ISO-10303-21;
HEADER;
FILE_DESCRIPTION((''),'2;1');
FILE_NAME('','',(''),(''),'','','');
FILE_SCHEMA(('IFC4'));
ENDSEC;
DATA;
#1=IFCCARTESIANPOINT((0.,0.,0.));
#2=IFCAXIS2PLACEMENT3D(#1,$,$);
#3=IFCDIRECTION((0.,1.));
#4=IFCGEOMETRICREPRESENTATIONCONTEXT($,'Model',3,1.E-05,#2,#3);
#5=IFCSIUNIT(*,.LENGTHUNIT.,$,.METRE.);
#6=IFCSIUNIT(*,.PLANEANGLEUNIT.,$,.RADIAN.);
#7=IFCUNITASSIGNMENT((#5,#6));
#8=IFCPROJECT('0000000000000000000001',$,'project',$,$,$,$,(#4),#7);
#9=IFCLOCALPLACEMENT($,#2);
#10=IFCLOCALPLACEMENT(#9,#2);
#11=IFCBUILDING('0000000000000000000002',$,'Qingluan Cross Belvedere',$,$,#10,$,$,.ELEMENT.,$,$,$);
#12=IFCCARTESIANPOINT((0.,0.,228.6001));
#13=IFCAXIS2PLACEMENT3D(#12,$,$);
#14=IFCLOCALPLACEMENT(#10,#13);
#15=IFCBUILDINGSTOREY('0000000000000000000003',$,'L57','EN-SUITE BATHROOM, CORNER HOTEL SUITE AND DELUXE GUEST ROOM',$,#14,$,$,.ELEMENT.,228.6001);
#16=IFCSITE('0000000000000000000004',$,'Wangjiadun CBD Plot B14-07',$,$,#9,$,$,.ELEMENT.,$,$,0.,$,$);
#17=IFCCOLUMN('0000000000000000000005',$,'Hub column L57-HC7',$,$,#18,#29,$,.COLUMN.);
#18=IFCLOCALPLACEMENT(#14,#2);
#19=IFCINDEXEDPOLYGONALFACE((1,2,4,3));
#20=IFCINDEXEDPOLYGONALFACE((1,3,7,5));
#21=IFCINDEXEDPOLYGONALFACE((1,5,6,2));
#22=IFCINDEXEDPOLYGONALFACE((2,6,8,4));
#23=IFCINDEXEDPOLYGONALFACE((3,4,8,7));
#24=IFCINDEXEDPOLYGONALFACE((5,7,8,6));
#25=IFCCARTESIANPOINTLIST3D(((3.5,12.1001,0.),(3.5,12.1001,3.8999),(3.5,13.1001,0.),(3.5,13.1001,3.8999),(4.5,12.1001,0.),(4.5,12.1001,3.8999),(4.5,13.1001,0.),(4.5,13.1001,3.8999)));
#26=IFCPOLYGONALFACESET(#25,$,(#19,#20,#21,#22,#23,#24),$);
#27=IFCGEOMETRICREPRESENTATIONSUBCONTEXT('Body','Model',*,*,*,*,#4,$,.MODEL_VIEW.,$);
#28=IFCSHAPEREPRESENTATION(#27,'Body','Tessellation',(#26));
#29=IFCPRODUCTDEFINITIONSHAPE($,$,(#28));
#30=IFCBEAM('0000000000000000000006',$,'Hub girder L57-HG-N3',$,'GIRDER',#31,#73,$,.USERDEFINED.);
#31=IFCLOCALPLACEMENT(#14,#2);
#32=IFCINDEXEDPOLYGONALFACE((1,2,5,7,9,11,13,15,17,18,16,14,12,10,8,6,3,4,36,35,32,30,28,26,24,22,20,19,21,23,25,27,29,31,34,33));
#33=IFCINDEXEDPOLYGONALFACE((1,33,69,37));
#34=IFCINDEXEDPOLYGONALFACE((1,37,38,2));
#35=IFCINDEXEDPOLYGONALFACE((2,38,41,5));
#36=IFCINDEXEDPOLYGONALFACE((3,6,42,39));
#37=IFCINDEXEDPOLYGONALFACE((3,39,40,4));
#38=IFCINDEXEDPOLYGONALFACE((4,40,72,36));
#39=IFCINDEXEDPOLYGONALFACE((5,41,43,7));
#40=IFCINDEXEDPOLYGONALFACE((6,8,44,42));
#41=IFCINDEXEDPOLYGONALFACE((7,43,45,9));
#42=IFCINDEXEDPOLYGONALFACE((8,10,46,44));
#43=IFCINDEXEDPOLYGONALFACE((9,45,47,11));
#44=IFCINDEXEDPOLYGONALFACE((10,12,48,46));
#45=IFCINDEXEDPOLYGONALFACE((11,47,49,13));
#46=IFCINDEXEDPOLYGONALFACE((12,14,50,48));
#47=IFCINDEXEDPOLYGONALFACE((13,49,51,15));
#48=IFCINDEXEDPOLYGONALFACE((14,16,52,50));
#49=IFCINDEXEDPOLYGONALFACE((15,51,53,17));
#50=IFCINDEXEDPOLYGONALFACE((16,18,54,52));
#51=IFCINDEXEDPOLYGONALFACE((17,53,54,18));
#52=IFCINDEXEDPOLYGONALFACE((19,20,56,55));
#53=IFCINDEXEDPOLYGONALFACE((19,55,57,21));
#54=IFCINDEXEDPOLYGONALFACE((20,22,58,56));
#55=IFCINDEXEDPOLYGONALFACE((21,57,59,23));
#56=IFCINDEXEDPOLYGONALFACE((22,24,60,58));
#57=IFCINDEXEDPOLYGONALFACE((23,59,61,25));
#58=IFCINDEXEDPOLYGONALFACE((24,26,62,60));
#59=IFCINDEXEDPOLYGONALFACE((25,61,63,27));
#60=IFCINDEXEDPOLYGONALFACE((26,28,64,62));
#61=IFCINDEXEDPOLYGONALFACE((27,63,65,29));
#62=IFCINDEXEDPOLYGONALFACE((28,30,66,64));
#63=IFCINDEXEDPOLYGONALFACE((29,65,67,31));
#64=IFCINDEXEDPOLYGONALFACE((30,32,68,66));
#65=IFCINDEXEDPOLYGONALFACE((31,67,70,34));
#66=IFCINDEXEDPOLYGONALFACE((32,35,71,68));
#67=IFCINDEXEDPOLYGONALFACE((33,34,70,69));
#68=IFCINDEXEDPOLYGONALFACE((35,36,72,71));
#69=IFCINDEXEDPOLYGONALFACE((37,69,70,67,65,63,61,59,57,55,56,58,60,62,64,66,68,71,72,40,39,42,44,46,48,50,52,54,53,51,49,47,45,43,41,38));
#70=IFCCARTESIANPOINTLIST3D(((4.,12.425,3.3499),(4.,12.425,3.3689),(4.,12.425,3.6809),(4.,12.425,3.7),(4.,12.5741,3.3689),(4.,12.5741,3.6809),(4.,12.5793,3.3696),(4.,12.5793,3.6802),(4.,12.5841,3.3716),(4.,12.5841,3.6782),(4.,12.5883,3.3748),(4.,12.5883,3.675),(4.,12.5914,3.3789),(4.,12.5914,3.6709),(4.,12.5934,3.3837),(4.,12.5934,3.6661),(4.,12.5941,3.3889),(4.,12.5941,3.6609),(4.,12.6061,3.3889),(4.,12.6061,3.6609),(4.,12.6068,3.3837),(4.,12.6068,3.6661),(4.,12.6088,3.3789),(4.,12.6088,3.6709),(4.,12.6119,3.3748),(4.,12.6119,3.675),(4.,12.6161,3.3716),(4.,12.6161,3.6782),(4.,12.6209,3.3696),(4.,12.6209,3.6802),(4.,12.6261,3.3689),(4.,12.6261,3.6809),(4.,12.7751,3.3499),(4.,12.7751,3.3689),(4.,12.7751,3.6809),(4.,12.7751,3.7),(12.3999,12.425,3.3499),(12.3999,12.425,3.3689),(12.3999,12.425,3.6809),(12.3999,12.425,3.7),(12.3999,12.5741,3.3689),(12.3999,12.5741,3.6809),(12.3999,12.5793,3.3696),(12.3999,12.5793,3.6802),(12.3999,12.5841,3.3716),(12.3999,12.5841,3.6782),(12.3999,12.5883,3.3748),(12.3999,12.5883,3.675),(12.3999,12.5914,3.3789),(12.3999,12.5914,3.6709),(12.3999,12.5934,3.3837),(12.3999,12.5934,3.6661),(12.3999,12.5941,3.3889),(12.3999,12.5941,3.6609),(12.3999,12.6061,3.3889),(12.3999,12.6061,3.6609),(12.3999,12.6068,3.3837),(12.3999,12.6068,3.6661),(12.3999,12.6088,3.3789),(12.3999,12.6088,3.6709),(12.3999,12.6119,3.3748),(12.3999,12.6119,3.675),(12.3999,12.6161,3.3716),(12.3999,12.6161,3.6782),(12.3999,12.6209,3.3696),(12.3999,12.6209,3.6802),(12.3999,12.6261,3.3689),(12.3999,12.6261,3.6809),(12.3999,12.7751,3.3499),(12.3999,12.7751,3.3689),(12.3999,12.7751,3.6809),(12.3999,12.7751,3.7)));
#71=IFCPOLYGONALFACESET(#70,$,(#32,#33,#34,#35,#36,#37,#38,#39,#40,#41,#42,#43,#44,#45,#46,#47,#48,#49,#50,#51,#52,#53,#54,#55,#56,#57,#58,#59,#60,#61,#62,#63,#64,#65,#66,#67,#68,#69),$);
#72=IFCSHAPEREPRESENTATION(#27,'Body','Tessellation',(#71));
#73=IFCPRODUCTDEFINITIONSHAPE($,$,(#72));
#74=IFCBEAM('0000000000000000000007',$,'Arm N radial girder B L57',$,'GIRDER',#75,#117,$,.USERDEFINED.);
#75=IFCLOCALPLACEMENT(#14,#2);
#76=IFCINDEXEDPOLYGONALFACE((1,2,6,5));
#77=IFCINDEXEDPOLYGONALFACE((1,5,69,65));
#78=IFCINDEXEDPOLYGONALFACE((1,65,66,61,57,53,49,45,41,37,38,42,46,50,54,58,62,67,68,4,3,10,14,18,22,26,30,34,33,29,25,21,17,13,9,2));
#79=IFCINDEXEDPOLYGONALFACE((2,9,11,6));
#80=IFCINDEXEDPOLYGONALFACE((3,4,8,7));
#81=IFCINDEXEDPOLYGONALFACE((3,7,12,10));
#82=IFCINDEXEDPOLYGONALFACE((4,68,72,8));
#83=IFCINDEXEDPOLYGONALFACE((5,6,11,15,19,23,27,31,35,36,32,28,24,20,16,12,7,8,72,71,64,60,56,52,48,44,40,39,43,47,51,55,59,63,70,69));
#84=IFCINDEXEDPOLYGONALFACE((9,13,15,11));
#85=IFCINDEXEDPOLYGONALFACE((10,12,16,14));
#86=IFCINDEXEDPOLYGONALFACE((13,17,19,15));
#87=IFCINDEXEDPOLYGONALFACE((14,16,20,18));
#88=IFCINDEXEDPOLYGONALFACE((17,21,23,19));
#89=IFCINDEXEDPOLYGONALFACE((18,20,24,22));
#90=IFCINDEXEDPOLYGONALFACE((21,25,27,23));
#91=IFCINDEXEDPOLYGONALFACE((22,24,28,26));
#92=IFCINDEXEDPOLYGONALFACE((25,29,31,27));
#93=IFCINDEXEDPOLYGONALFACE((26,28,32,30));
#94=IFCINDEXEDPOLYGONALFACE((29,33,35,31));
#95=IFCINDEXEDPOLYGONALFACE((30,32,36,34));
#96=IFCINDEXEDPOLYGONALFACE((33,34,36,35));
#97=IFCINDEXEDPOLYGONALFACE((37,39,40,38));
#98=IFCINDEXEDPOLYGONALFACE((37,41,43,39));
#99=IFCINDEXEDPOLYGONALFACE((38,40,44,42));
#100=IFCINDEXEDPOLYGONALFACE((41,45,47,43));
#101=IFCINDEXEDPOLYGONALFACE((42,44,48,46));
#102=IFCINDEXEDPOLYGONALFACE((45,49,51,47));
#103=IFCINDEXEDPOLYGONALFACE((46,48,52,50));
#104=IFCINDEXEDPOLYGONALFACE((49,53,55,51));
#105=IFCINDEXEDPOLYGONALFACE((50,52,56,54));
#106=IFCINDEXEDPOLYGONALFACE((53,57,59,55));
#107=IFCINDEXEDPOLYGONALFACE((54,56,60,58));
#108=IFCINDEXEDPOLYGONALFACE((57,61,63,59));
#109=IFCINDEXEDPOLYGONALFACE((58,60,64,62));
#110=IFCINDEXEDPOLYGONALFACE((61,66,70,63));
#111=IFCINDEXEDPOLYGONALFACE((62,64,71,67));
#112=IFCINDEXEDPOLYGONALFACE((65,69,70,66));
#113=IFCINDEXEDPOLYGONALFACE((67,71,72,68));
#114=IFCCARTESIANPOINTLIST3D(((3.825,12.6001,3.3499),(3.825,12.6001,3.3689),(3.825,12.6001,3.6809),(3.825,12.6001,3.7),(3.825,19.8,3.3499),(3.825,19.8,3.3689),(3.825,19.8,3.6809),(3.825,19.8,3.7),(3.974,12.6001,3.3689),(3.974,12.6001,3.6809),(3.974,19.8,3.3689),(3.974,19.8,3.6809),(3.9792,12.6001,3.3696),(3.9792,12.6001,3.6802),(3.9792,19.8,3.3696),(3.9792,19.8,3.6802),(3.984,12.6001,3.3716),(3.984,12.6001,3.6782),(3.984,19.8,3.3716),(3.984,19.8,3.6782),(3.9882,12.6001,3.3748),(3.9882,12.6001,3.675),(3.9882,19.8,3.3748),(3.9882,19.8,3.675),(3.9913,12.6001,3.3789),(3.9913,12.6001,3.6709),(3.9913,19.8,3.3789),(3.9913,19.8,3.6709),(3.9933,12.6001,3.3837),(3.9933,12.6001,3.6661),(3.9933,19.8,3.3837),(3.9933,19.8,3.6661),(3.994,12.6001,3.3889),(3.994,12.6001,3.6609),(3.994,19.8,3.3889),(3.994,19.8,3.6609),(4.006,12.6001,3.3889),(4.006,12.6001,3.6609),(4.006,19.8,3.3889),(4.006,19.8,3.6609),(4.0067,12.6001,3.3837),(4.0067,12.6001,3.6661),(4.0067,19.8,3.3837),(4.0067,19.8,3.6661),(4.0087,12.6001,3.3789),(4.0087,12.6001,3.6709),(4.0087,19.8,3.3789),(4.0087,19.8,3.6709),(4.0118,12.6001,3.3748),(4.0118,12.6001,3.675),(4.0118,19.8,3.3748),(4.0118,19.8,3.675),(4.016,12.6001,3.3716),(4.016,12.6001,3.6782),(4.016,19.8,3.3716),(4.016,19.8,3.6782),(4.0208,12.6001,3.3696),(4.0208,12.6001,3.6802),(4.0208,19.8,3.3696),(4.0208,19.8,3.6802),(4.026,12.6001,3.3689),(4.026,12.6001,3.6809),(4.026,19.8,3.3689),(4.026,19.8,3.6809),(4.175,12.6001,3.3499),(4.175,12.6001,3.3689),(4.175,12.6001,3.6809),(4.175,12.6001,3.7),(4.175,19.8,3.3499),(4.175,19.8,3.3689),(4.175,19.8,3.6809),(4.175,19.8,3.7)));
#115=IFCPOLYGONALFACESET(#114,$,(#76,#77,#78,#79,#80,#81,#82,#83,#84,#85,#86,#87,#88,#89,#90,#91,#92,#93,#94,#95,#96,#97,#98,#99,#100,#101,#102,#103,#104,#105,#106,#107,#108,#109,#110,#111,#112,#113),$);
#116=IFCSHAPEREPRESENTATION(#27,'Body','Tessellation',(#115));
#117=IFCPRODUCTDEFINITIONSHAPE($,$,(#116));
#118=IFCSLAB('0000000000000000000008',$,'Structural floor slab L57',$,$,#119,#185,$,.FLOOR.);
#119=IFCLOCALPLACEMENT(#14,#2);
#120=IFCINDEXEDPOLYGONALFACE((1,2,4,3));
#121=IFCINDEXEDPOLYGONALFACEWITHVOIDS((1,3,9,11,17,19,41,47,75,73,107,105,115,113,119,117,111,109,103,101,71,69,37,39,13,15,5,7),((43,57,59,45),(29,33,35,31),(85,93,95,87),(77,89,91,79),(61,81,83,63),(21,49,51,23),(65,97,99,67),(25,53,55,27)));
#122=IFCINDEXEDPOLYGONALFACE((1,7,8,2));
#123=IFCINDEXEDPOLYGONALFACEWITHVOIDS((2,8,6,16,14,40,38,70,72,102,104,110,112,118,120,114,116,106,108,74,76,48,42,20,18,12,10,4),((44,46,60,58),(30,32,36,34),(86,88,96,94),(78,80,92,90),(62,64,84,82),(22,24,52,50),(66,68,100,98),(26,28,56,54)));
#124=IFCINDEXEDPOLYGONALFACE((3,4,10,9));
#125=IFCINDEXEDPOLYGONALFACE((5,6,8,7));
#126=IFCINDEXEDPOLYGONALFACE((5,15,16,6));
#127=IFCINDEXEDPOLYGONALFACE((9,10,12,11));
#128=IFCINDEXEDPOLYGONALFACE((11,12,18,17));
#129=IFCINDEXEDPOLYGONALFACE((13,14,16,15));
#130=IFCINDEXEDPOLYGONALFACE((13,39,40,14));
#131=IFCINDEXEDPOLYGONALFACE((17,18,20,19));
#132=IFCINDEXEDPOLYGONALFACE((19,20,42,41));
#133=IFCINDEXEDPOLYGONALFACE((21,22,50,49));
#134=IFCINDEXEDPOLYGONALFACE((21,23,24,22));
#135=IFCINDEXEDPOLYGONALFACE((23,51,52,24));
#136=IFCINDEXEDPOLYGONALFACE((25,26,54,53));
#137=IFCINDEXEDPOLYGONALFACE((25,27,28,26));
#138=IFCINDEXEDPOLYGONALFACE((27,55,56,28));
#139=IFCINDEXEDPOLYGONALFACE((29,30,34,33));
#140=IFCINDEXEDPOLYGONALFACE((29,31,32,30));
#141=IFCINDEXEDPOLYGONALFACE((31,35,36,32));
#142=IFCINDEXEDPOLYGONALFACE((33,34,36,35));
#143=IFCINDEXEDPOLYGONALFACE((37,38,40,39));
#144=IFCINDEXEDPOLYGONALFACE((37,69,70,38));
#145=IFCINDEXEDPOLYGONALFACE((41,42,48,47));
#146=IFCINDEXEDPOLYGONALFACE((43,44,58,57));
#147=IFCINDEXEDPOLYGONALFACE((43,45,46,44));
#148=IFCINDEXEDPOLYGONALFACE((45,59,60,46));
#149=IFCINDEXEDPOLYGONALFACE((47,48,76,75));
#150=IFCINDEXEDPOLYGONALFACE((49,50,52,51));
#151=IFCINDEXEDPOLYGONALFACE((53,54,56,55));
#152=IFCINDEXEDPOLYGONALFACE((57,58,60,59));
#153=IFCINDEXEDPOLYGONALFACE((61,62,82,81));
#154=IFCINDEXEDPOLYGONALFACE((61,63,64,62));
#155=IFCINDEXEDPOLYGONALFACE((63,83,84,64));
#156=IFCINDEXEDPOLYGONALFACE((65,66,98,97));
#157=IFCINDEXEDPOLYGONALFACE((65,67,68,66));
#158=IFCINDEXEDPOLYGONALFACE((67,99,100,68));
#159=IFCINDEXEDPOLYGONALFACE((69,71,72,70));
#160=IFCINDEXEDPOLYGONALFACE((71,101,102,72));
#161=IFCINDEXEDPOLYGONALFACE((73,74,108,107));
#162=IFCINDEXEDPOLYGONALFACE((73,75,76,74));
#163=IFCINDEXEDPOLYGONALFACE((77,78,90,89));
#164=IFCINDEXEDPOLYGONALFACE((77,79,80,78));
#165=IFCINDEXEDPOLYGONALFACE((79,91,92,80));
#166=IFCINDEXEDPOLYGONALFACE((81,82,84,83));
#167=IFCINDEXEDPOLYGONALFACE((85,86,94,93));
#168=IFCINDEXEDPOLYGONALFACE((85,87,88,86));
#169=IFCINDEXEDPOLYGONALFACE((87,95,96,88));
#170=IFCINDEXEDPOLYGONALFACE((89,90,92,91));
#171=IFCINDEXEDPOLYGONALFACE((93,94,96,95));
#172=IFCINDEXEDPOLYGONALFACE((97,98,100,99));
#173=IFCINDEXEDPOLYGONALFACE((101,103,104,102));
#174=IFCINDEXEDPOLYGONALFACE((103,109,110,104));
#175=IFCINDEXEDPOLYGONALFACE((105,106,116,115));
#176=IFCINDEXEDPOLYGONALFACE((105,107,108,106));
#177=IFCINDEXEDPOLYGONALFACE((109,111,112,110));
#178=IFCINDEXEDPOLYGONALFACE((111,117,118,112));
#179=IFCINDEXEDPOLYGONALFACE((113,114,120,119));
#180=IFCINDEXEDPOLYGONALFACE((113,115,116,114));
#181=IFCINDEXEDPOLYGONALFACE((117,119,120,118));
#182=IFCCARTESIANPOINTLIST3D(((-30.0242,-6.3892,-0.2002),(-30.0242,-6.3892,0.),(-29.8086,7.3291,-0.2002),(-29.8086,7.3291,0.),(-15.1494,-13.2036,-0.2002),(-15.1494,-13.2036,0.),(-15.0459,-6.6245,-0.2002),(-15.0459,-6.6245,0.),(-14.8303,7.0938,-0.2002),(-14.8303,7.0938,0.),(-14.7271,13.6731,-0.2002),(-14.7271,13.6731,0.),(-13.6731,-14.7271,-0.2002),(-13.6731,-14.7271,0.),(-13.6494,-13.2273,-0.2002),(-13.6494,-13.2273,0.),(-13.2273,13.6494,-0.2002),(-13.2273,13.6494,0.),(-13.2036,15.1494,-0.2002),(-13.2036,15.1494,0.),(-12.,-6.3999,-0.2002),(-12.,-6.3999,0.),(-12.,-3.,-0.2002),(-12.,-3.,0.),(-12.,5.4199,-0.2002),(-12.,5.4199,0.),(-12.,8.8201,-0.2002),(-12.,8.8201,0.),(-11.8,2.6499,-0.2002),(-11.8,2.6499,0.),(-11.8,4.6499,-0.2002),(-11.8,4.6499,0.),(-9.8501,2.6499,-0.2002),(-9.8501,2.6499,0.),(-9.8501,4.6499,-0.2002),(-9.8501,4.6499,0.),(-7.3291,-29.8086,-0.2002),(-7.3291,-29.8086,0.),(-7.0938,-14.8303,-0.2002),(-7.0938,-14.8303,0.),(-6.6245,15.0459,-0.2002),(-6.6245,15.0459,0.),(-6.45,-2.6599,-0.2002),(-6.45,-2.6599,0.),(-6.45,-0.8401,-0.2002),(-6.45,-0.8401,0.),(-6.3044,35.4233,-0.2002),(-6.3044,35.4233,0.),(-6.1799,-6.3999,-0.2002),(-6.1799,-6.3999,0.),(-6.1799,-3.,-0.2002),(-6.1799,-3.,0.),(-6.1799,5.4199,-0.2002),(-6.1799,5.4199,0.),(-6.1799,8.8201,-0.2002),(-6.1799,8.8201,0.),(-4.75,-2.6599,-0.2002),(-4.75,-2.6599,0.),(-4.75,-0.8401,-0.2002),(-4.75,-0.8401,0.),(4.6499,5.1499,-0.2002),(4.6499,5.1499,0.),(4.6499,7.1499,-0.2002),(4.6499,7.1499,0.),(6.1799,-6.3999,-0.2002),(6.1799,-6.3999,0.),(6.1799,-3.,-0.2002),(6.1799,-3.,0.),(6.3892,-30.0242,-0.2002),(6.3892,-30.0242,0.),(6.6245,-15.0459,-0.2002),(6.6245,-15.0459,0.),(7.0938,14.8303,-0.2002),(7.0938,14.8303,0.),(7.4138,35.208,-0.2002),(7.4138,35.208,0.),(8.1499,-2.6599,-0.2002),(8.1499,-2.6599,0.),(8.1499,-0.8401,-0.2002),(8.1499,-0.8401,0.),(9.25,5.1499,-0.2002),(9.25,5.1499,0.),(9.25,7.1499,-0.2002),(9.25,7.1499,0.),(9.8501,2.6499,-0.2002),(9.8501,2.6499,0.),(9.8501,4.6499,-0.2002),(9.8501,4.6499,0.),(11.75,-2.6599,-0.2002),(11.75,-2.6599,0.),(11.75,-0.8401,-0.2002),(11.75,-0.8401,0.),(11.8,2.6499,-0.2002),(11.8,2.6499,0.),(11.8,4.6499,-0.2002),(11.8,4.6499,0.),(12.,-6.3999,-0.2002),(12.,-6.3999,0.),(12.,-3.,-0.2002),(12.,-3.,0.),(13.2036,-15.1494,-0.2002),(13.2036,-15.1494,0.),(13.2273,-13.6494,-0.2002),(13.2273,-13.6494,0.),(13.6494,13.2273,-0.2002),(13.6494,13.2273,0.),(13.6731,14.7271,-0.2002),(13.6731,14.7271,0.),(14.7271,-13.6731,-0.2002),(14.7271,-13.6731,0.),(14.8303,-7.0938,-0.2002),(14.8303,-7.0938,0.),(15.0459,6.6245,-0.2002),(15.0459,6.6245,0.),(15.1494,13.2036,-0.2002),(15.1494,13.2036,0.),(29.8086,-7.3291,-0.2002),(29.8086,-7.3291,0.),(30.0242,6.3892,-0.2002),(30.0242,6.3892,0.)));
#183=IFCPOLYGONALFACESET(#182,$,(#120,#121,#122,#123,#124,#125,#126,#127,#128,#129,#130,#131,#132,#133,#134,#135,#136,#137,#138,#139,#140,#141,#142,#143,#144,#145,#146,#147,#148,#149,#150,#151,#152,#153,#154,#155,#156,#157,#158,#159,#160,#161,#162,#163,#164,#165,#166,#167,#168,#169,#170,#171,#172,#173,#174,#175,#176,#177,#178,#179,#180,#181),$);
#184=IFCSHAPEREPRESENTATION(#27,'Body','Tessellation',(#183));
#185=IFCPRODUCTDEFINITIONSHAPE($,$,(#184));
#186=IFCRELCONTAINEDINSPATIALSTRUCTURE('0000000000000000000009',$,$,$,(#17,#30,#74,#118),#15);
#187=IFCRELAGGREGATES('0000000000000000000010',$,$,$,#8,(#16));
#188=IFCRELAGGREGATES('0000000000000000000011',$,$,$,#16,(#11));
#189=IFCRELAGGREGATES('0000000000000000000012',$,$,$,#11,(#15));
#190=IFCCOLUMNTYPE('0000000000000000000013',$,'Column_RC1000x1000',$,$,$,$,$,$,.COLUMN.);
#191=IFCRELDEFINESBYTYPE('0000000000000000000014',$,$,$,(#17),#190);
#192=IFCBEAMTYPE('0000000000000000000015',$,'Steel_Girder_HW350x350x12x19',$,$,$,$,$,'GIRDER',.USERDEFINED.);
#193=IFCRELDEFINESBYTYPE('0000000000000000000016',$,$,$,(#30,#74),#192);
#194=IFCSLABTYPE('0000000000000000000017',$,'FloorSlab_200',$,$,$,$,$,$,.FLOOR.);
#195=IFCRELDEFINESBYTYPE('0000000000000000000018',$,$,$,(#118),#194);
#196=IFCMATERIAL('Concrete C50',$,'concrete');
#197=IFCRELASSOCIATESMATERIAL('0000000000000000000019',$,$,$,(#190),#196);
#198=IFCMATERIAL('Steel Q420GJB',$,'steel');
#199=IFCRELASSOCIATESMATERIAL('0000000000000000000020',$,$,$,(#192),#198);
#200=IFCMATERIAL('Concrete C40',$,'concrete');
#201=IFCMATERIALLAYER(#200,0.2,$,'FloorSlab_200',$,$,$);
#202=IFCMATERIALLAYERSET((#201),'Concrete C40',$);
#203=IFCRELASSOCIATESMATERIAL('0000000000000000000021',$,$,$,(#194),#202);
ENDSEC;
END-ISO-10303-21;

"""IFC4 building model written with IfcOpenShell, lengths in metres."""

from ifc_helpers import new_model, si_unit, direction, frame, origin, origin_2d, place, context, subcontext, project, spatial, polyline, rectangle, i_section, outline, extrude, material, layer, layer_set, material_profile, profile_set, type_object, element, save


model = new_model("IFC4")

# Units and contexts
model_context = context("Model", 3, precision=1e-05, world=origin(), true_north=direction((0.0, 1.0)))
body_context = subcontext(model_context, "Body", "Model", "MODEL_VIEW")
ifc_project = project(units=[si_unit("LENGTHUNIT", "METRE"), si_unit("PLANEANGLEUNIT", "RADIAN")], contexts=[model_context])

# Site, building, storey
site_placement = place(None, origin())
site = spatial("IfcSite", under=ifc_project, at=site_placement, Name="Wangjiadun CBD Plot B14-07", CompositionType="ELEMENT", RefElevation=0.0)
building_placement = place(site_placement, origin())
building = spatial("IfcBuilding", under=site, at=building_placement, Name="Qingluan Cross Belvedere", CompositionType="ELEMENT")
storey_placement = place(building_placement, frame((0.0, 0.0, 228.6001)))
storey = spatial("IfcBuildingStorey", under=building, at=storey_placement, Name="L57", Description="EN-SUITE BATHROOM, CORNER HOTEL SUITE AND DELUXE GUEST ROOM", CompositionType="ELEMENT", Elevation=228.6001)

# Column
ifc_material_1 = material(Name="Concrete C50", Category="concrete")
ifc_material_profile_1 = material_profile(ifc_material_1, rectangle(XDim=1.0, YDim=1.0, at=origin_2d()), Name="RC1000x1000")
ifc_profile_set_1 = profile_set([ifc_material_profile_1], Name="Concrete C50")
column_type = type_object("IfcColumnType", Name="Column_RC1000x1000", PredefinedType="COLUMN", material=ifc_profile_set_1)
column_placement = place(storey_placement, frame((4.0, 12.6001, 0.0), z_axis=(0.0, 0.0, 1.0), x_axis=(1.0, 0.0, 0.0)))
element("IfcColumn", 1, at=column_placement, inside=storey, type_object=column_type, Name="Hub column L57-HC7", PredefinedType="COLUMN", context=body_context, shape_type="SweptSolid", body=[
    extrude(rectangle(XDim=1.0, YDim=1.0, at=origin_2d()), origin(), (0.0, 0.0, 1.0), 3.8999),
])

# Beams
ifc_material_2 = material(Name="Steel Q420GJB", Category="steel")
ifc_material_profile_2 = material_profile(ifc_material_2, i_section(OverallWidth=0.3501, OverallDepth=0.3501, WebThickness=0.012, FlangeThickness=0.019, FilletRadius=0.02, at=origin_2d()), Name="HW350x350x12x19")
ifc_profile_set_2 = profile_set([ifc_material_profile_2], Name="Steel Q420GJB")
beam_type = type_object("IfcBeamType", Name="Steel_Girder_HW350x350x12x19", ElementType="GIRDER", PredefinedType="USERDEFINED", material=ifc_profile_set_2)
beam_1_placement = place(storey_placement, frame((4.0, 12.6001, 3.5249), z_axis=(1.0, 0.0, 0.0), x_axis=(0.0, 1.0, 0.0)))
element("IfcBeam", 2, at=beam_1_placement, inside=storey, type_object=beam_type, Name="Hub girder L57-HG-N3", ObjectType="GIRDER", PredefinedType="USERDEFINED", context=body_context, shape_type="SweptSolid", body=[
    extrude(i_section(OverallWidth=0.3501, OverallDepth=0.3501, WebThickness=0.012, FlangeThickness=0.019, FilletRadius=0.02, at=origin_2d()), origin(), (0.0, 0.0, 1.0), 8.3999),
])
beam_2_placement = place(storey_placement, frame((4.0, 12.6001, 3.5249), z_axis=(0.0, 1.0, 0.0), x_axis=(-1.0, 0.0, 0.0)))
element("IfcBeam", 3, at=beam_2_placement, inside=storey, type_object=beam_type, Name="Arm N radial girder B L57", ObjectType="GIRDER", PredefinedType="USERDEFINED", context=body_context, shape_type="SweptSolid", body=[
    extrude(i_section(OverallWidth=0.3501, OverallDepth=0.3501, WebThickness=0.012, FlangeThickness=0.019, FilletRadius=0.02, at=origin_2d()), origin(), (0.0, 0.0, 1.0), 7.2),
])

# Slab
ifc_material_3 = material(Name="Concrete C40", Category="concrete")
ifc_layer_1 = layer(ifc_material_3, 0.2, Name="FloorSlab_200")
ifc_layer_set_1 = layer_set([ifc_layer_1], Name="Concrete C40")
slab_type_1 = type_object("IfcSlabType", Name="FloorSlab_200", PredefinedType="FLOOR", material=ifc_layer_set_1)
slab_1_placement = place(storey_placement, frame((0.0, 0.0, -0.2002)))
element("IfcSlab", 4, at=slab_1_placement, inside=storey, type_object=slab_type_1, Name="Structural floor slab L57", PredefinedType="FLOOR", context=body_context, shape_type="SweptSolid", body=[
    extrude(outline(polyline([(6.3892, -30.0242), (6.6245, -15.0459), (13.2036, -15.1494), (13.2273, -13.6494), (14.7271, -13.6731), (14.8303, -7.0938), (29.8086, -7.3291), (30.0242, 6.3892), (15.0459, 6.6245), (15.1494, 13.2036), (13.6494, 13.2273), (13.6731, 14.7271), (7.0938, 14.8303), (7.4138, 35.208), (-6.3044, 35.4233), (-6.6245, 15.0459), (-13.2036, 15.1494), (-13.2273, 13.6494), (-14.7271, 13.6731), (-14.8303, 7.0938), (-29.8086, 7.3291), (-30.0242, -6.3892), (-15.0459, -6.6245), (-15.1494, -13.2036), (-13.6494, -13.2273), (-13.6731, -14.7271), (-7.0938, -14.8303), (-7.3291, -29.8086), (6.3892, -30.0242)]), holes=[polyline([(-12.0, -3.0), (-6.1799, -3.0), (-6.1799, -6.3999), (-12.0, -6.3999), (-12.0, -3.0)]), polyline([(6.1799, -3.0), (12.0, -3.0), (12.0, -6.3999), (6.1799, -6.3999), (6.1799, -3.0)]), polyline([(-12.0, 8.8201), (-6.1799, 8.8201), (-6.1799, 5.4199), (-12.0, 5.4199), (-12.0, 8.8201)]), polyline([(-11.8, 4.6499), (-9.8501, 4.6499), (-9.8501, 2.6499), (-11.8, 2.6499), (-11.8, 4.6499)]), polyline([(9.8501, 4.6499), (11.8, 4.6499), (11.8, 2.6499), (9.8501, 2.6499), (9.8501, 4.6499)]), polyline([(-6.45, -0.8401), (-4.75, -0.8401), (-4.75, -2.6599), (-6.45, -2.6599), (-6.45, -0.8401)]), polyline([(8.1499, -0.8401), (11.75, -0.8401), (11.75, -2.6599), (8.1499, -2.6599), (8.1499, -0.8401)]), polyline([(4.6499, 7.1499), (9.25, 7.1499), (9.25, 5.1499), (4.6499, 5.1499), (4.6499, 7.1499)])]), origin(), (0.0, 0.0, 1.0), 0.2002),
])

save(model, "model.ifc")
